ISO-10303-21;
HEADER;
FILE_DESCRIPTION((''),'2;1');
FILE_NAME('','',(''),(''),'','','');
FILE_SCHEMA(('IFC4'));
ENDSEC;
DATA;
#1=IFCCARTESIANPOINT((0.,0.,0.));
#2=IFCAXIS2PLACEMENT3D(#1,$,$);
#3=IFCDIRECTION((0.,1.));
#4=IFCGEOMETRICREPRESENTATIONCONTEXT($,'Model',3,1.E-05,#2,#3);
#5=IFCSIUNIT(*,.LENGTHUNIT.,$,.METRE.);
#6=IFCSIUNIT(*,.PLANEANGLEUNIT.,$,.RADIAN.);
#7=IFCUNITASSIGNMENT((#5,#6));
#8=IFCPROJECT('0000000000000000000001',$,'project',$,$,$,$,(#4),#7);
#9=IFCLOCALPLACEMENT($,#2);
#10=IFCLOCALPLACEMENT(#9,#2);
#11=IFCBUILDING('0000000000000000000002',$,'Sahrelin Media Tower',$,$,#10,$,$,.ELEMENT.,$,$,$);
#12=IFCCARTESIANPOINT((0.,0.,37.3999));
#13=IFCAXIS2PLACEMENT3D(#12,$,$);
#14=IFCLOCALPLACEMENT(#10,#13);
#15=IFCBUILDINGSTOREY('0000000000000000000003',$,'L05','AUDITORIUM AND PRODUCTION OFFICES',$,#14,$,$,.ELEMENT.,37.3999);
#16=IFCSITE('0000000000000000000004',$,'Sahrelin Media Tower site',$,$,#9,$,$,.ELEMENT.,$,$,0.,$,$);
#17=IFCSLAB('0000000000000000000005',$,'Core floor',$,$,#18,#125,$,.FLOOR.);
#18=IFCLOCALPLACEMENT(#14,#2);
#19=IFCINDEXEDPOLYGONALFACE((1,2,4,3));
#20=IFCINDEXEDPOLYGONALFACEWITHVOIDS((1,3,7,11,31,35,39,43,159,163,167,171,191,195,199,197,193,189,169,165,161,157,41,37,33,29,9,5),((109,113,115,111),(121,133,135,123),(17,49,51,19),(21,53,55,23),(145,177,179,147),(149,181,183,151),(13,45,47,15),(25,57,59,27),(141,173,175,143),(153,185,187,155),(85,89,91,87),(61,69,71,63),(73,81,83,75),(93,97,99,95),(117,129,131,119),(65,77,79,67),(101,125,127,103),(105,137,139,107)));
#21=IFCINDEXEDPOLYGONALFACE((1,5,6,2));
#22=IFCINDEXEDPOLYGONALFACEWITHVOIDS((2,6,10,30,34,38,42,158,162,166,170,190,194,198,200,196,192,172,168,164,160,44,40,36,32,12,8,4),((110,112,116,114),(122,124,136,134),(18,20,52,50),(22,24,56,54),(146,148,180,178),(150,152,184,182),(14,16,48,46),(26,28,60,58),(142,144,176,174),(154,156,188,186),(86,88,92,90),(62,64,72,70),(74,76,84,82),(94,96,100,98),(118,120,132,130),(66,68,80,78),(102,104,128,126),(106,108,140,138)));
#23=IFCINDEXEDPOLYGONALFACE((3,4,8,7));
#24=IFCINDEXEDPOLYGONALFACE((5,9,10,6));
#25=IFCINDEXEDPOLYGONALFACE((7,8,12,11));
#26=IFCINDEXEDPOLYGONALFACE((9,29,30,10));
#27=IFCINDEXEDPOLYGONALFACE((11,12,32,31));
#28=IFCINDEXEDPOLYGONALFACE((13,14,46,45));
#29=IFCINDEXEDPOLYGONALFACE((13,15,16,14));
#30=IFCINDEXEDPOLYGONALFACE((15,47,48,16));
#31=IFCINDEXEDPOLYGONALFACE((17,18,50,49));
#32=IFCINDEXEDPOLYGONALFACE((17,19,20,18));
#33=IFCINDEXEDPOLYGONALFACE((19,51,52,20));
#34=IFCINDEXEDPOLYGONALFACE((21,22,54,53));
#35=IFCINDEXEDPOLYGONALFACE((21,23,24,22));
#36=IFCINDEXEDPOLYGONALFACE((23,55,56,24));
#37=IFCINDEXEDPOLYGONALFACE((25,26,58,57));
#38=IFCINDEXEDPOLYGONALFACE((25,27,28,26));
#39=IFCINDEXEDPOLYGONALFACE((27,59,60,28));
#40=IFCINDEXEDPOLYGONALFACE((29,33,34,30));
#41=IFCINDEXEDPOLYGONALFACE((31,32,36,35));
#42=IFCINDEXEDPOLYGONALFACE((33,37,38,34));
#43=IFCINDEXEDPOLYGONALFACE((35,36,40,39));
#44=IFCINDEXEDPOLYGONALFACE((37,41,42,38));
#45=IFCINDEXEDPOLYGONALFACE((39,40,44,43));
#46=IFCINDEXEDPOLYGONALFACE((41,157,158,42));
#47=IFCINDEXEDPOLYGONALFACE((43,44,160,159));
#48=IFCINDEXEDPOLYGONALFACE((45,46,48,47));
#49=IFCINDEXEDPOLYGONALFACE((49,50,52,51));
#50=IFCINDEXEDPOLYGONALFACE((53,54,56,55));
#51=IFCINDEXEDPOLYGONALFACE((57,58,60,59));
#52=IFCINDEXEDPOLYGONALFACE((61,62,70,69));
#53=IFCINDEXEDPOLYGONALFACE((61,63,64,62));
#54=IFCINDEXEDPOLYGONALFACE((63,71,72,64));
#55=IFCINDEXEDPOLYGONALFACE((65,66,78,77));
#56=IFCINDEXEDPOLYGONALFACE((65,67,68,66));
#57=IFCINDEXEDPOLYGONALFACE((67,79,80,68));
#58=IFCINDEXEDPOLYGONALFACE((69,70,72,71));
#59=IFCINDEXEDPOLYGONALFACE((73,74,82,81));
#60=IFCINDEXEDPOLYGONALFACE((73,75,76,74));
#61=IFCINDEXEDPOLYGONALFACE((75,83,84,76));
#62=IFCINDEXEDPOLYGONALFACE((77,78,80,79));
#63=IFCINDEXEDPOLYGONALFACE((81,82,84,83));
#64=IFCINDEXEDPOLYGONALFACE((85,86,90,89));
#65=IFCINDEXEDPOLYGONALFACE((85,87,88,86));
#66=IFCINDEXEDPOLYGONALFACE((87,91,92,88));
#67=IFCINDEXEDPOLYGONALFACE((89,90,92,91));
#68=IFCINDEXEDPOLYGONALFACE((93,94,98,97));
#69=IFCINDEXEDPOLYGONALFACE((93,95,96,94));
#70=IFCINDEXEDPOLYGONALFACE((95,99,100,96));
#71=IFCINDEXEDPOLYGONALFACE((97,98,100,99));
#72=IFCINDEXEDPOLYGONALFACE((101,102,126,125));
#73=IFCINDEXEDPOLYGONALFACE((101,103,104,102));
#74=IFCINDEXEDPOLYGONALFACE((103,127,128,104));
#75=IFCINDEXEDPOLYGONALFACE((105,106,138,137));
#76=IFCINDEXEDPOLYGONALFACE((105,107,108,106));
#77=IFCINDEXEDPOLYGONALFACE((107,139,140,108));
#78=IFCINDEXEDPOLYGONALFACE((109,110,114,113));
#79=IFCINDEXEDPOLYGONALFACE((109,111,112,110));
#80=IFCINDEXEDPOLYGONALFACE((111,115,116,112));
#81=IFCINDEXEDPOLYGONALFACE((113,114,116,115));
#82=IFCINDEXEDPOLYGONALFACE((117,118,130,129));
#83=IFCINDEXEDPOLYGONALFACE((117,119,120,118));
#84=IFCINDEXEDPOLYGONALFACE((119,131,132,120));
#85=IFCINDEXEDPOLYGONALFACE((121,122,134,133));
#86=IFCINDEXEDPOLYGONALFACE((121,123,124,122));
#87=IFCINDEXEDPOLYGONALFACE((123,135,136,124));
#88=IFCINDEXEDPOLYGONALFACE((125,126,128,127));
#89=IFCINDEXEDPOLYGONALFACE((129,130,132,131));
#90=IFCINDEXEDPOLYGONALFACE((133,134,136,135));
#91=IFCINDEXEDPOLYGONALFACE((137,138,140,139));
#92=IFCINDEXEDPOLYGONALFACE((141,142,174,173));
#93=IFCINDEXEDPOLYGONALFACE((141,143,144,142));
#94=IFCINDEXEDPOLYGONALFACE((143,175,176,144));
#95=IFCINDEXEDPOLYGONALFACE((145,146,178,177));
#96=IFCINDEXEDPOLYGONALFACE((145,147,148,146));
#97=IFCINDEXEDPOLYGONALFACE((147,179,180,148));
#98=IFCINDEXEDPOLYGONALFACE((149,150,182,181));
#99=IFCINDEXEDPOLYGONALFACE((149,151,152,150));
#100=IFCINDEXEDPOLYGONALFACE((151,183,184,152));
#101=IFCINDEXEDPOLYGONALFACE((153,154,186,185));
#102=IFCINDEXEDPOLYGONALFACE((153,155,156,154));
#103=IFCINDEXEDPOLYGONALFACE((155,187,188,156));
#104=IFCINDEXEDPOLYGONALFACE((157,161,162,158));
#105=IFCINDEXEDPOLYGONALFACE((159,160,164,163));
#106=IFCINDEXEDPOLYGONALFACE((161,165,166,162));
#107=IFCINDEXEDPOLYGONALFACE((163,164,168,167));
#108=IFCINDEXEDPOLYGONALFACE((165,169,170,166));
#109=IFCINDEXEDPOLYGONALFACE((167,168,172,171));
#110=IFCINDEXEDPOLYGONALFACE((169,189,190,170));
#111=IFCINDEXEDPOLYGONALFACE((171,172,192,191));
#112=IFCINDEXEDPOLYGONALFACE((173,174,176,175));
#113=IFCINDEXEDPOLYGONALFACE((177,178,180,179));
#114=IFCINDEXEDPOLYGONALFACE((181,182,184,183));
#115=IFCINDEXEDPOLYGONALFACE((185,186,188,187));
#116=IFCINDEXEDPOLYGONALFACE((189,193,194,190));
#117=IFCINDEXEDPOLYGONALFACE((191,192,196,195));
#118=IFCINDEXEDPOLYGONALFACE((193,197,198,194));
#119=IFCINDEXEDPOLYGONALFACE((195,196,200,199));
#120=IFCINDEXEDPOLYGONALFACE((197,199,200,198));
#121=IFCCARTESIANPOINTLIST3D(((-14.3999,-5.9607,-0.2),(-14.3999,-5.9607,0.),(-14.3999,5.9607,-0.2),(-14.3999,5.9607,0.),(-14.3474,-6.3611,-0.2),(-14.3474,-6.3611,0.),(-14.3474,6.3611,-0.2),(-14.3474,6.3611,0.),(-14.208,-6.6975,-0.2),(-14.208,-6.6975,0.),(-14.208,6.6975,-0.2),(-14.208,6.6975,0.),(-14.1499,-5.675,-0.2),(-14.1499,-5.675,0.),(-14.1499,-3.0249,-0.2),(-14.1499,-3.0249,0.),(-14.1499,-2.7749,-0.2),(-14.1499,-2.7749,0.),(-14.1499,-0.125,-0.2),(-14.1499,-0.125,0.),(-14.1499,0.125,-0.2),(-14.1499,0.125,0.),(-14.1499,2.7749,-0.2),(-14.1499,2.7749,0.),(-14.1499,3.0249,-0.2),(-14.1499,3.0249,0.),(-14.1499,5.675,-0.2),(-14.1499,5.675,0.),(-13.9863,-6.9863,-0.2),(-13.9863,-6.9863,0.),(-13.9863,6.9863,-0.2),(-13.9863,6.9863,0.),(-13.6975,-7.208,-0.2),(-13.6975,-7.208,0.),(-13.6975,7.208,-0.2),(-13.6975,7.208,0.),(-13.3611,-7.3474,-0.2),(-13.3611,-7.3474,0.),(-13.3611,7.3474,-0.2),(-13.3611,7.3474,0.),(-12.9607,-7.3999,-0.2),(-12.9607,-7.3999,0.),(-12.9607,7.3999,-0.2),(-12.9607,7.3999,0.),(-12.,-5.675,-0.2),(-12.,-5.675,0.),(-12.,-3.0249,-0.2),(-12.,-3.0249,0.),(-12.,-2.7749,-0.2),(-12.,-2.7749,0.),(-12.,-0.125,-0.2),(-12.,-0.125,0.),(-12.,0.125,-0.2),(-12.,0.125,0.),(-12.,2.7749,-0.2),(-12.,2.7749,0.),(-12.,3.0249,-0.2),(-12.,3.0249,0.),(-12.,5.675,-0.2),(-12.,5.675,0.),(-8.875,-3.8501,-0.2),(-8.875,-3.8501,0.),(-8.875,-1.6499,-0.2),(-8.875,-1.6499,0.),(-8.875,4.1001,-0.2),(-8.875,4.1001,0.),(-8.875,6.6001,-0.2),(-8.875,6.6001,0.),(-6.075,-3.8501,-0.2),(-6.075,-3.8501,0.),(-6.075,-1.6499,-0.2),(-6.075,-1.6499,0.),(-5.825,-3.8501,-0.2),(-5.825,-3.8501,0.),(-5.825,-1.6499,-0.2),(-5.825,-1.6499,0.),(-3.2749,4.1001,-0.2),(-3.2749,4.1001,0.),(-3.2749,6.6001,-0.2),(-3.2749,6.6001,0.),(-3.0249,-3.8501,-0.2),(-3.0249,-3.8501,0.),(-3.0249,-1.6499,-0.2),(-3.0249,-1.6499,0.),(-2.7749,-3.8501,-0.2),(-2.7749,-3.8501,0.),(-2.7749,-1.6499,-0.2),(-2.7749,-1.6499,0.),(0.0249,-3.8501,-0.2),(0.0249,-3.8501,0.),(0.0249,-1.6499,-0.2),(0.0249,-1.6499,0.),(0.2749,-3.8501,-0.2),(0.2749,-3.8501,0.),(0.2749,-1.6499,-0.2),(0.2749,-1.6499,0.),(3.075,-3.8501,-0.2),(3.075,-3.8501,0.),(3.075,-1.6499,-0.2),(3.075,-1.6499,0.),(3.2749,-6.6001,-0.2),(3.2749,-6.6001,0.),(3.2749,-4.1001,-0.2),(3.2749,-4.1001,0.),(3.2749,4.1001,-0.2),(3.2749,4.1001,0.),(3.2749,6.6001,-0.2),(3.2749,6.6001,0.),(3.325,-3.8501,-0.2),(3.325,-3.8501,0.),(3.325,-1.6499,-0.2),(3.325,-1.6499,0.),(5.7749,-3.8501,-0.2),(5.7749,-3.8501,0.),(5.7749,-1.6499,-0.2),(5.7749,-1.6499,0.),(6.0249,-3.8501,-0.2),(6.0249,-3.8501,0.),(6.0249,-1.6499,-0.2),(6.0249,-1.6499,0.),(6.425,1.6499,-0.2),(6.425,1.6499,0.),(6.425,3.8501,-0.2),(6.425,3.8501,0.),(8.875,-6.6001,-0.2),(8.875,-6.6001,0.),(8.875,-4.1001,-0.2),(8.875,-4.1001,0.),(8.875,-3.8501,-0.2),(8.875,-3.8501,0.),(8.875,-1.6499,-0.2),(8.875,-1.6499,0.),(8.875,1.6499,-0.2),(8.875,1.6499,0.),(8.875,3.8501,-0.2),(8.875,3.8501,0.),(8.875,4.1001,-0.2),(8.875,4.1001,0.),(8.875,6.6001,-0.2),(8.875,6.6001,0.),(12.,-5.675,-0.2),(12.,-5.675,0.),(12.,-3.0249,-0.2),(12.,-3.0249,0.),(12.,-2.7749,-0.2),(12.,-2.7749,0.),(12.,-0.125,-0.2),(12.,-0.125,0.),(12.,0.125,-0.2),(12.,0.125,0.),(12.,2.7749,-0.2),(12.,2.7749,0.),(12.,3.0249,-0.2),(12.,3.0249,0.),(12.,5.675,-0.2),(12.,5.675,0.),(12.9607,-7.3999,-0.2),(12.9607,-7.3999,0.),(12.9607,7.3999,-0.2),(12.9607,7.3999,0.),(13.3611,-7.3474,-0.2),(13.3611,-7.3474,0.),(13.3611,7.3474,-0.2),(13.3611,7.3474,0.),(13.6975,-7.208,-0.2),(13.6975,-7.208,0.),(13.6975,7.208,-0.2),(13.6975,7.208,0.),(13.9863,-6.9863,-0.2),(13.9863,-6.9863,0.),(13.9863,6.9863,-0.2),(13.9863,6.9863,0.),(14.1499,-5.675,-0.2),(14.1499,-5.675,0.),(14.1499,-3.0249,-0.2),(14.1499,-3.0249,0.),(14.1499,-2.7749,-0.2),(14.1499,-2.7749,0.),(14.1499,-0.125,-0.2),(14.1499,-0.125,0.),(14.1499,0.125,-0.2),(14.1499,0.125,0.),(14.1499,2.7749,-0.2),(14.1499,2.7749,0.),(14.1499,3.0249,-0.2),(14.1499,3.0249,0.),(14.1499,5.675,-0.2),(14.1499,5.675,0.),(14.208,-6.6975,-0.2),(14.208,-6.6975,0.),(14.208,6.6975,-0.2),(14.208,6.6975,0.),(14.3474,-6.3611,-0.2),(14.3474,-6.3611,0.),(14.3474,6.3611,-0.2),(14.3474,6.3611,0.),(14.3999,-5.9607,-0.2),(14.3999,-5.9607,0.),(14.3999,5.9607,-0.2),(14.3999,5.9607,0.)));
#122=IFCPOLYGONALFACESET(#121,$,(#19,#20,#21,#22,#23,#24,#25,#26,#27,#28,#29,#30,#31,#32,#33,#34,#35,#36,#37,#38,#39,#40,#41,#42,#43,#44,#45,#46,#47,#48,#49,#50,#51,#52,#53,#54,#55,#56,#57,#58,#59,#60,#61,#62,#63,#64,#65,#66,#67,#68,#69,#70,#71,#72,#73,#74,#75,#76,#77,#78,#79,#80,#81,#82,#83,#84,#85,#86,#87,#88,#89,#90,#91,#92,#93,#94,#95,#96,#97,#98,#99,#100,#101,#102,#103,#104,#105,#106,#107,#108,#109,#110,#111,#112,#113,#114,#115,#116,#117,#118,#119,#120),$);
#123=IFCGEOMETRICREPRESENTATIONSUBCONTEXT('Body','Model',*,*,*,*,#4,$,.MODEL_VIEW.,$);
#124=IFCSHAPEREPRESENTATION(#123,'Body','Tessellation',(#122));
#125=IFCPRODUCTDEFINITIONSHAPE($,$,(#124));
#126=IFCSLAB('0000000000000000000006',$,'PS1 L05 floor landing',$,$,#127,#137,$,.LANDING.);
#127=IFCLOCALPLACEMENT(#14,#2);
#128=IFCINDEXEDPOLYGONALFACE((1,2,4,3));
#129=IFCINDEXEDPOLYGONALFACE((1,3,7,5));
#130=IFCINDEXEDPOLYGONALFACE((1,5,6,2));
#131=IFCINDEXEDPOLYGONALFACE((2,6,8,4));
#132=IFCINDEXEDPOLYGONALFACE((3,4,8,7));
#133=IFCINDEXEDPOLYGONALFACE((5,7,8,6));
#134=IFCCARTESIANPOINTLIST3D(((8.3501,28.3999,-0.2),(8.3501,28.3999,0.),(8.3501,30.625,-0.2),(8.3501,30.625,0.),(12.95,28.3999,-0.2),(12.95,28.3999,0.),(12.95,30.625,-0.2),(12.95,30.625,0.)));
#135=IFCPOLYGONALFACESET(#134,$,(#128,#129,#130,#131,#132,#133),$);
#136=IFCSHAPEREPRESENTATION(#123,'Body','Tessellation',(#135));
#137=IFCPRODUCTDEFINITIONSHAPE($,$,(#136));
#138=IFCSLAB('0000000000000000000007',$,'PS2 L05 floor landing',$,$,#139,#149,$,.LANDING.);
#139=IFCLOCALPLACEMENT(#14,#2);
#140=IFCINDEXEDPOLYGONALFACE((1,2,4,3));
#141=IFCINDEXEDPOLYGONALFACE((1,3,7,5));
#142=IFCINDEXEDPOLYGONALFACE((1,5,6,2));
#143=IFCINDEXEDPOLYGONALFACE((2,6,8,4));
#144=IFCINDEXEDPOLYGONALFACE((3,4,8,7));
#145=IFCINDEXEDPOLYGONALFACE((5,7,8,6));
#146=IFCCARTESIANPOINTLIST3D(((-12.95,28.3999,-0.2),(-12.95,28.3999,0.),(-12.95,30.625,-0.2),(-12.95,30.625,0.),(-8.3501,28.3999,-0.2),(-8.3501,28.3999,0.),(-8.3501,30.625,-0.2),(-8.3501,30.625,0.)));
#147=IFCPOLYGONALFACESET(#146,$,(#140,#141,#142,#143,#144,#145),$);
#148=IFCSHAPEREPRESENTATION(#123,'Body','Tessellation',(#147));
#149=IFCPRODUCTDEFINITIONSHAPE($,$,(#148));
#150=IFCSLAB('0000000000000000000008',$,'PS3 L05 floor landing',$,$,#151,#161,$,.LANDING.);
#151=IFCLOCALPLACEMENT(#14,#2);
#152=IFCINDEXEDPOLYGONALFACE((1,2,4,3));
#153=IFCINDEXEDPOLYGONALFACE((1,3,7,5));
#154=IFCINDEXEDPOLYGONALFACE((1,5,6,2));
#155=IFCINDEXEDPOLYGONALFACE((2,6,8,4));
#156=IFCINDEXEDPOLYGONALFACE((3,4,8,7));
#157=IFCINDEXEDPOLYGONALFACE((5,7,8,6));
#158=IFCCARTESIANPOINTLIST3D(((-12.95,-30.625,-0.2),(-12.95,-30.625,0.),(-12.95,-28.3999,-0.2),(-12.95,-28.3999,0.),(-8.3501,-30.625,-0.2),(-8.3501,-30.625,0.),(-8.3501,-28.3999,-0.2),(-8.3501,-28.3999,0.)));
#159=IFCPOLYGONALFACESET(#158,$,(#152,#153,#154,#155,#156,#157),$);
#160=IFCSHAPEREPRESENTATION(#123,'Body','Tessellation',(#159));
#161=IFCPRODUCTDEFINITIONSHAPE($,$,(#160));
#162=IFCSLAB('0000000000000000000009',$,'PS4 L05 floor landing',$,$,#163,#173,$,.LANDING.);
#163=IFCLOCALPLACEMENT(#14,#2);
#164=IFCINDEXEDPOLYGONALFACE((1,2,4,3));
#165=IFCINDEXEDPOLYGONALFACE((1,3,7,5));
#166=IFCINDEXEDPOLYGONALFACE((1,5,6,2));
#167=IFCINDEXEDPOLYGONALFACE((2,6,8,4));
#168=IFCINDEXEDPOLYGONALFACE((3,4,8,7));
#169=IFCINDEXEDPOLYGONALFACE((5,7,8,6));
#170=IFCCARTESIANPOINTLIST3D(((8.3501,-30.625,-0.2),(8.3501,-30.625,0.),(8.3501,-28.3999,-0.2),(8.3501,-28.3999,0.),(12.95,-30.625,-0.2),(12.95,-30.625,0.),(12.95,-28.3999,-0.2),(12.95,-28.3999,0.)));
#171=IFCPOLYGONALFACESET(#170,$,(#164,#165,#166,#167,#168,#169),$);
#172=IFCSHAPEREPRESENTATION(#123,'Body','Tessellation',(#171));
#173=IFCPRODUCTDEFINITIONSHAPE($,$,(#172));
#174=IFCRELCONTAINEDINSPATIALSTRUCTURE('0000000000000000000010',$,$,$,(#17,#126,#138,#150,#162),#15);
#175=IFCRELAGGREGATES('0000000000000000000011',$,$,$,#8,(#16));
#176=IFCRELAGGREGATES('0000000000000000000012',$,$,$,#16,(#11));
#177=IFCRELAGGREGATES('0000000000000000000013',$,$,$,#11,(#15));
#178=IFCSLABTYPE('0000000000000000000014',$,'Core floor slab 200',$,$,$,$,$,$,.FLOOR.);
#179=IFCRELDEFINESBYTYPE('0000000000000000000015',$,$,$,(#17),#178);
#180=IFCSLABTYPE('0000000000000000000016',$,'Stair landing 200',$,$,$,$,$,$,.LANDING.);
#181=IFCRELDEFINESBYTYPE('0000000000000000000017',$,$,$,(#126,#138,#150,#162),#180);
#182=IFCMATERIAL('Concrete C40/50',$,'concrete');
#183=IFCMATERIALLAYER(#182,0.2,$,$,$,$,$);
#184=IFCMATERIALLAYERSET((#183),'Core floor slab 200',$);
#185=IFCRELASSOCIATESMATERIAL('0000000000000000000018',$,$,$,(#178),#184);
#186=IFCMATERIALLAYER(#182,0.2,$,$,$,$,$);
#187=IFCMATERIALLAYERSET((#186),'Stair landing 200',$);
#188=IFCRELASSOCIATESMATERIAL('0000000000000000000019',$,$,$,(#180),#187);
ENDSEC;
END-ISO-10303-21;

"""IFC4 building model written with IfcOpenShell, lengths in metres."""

from ifc_helpers import new_model, si_unit, direction, frame, origin, place, context, subcontext, project, spatial, polyline, outline, extrude, material, layer, layer_set, type_object, element, save


model = new_model("IFC4")

# Units and contexts
model_context = context("Model", 3, precision=1e-05, world=origin(), true_north=direction((0.0, 1.0)))
body_context = subcontext(model_context, "Body", "Model", "MODEL_VIEW")
ifc_project = project(units=[si_unit("LENGTHUNIT", "METRE"), si_unit("PLANEANGLEUNIT", "RADIAN")], contexts=[model_context])

# Site, building, storey
site_placement = place(None, origin())
site = spatial("IfcSite", under=ifc_project, at=site_placement, Name="Sahrelin Media Tower site", CompositionType="ELEMENT", RefElevation=0.0)
building_placement = place(site_placement, origin())
building = spatial("IfcBuilding", under=site, at=building_placement, Name="Sahrelin Media Tower", CompositionType="ELEMENT")
storey_placement = place(building_placement, frame((0.0, 0.0, 37.3999)))
storey = spatial("IfcBuildingStorey", under=building, at=storey_placement, Name="L05", Description="AUDITORIUM AND PRODUCTION OFFICES", CompositionType="ELEMENT", Elevation=37.3999)

# Slabs
ifc_material_1 = material(Name="Concrete C40/50", Category="concrete")
ifc_layer_1 = layer(ifc_material_1, 0.2)
ifc_layer_set_1 = layer_set([ifc_layer_1], Name="Core floor slab 200")
slab_type_1 = type_object("IfcSlabType", Name="Core floor slab 200", PredefinedType="FLOOR", material=ifc_layer_set_1)
placement_1 = place(storey_placement, frame((0.0, 0.0, -0.2)))
element("IfcSlab", 1, at=placement_1, inside=storey, type_object=slab_type_1, Name="Core floor", PredefinedType="FLOOR", context=body_context, shape_type="SweptSolid", body=[
    extrude(outline(polyline([(-13.9863, 6.9863), (-14.208, 6.6975), (-14.3474, 6.3611), (-14.3999, 5.9607), (-14.3999, -5.9607), (-14.3474, -6.3611), (-14.208, -6.6975), (-13.9863, -6.9863), (-13.6975, -7.208), (-13.3611, -7.3474), (-12.9607, -7.3999), (12.9607, -7.3999), (13.3611, -7.3474), (13.6975, -7.208), (13.9863, -6.9863), (14.208, -6.6975), (14.3474, -6.3611), (14.3999, -5.9607), (14.3999, 5.9607), (14.3474, 6.3611), (14.208, 6.6975), (13.9863, 6.9863), (13.6975, 7.208), (13.3611, 7.3474), (12.9607, 7.3999), (-12.9607, 7.3999), (-13.3611, 7.3474), (-13.6975, 7.208), (-13.9863, 6.9863)]), holes=[polyline([(-14.1499, 5.675), (-14.1499, 3.0249), (-12.0, 3.0249), (-12.0, 5.675), (-14.1499, 5.675)]), polyline([(-12.0, 2.7749), (-14.1499, 2.7749), (-14.1499, 0.125), (-12.0, 0.125), (-12.0, 2.7749)]), polyline([(-12.0, -2.7749), (-12.0, -0.125), (-14.1499, -0.125), (-14.1499, -2.7749), (-12.0, -2.7749)]), polyline([(-14.1499, -5.675), (-12.0, -5.675), (-12.0, -3.0249), (-14.1499, -3.0249), (-14.1499, -5.675)]), polyline([(12.0, 5.675), (12.0, 3.0249), (14.1499, 3.0249), (14.1499, 5.675), (12.0, 5.675)]), polyline([(14.1499, 2.7749), (12.0, 2.7749), (12.0, 0.125), (14.1499, 0.125), (14.1499, 2.7749)]), polyline([(14.1499, -2.7749), (14.1499, -0.125), (12.0, -0.125), (12.0, -2.7749), (14.1499, -2.7749)]), polyline([(12.0, -5.675), (14.1499, -5.675), (14.1499, -3.0249), (12.0, -3.0249), (12.0, -5.675)]), polyline([(6.425, 3.8501), (6.425, 1.6499), (8.875, 1.6499), (8.875, 3.8501), (6.425, 3.8501)]), polyline([(-6.075, -1.6499), (-8.875, -1.6499), (-8.875, -3.8501), (-6.075, -3.8501), (-6.075, -1.6499)]), polyline([(-3.0249, -3.8501), (-3.0249, -1.6499), (-5.825, -1.6499), (-5.825, -3.8501), (-3.0249, -3.8501)]), polyline([(-2.7749, -3.8501), (0.0249, -3.8501), (0.0249, -1.6499), (-2.7749, -1.6499), (-2.7749, -3.8501)]), polyline([(0.2749, -1.6499), (0.2749, -3.8501), (3.075, -3.8501), (3.075, -1.6499), (0.2749, -1.6499)]), polyline([(5.7749, -1.6499), (3.325, -1.6499), (3.325, -3.8501), (5.7749, -3.8501), (5.7749, -1.6499)]), polyline([(8.875, -3.8501), (8.875, -1.6499), (6.0249, -1.6499), (6.0249, -3.8501), (8.875, -3.8501)]), polyline([(-8.875, 6.6001), (-8.875, 4.1001), (-3.2749, 4.1001), (-3.2749, 6.6001), (-8.875, 6.6001)]), polyline([(3.2749, 4.1001), (8.875, 4.1001), (8.875, 6.6001), (3.2749, 6.6001), (3.2749, 4.1001)]), polyline([(3.2749, -4.1001), (3.2749, -6.6001), (8.875, -6.6001), (8.875, -4.1001), (3.2749, -4.1001)])]), origin(), (0.0, 0.0, 1.0), 0.2),
])
ifc_layer_2 = layer(ifc_material_1, 0.2)
ifc_layer_set_2 = layer_set([ifc_layer_2], Name="Stair landing 200")
slab_type_2 = type_object("IfcSlabType", Name="Stair landing 200", PredefinedType="LANDING", material=ifc_layer_set_2)
element("IfcSlab", 2, at=placement_1, inside=storey, type_object=slab_type_2, Name="PS1 L05 floor landing", PredefinedType="LANDING", context=body_context, shape_type="SweptSolid", body=[
    extrude(outline(polyline([(12.95, 28.3999), (12.95, 30.625), (8.3501, 30.625), (8.3501, 28.3999), (12.95, 28.3999)])), origin(), (0.0, 0.0, 1.0), 0.2),
])
element("IfcSlab", 3, at=placement_1, inside=storey, type_object=slab_type_2, Name="PS2 L05 floor landing", PredefinedType="LANDING", context=body_context, shape_type="SweptSolid", body=[
    extrude(outline(polyline([(-8.3501, 28.3999), (-8.3501, 30.625), (-12.95, 30.625), (-12.95, 28.3999), (-8.3501, 28.3999)])), origin(), (0.0, 0.0, 1.0), 0.2),
])
element("IfcSlab", 4, at=placement_1, inside=storey, type_object=slab_type_2, Name="PS3 L05 floor landing", PredefinedType="LANDING", context=body_context, shape_type="SweptSolid", body=[
    extrude(outline(polyline([(-12.95, -28.3999), (-12.95, -30.625), (-8.3501, -30.625), (-8.3501, -28.3999), (-12.95, -28.3999)])), origin(), (0.0, 0.0, 1.0), 0.2),
])
element("IfcSlab", 5, at=placement_1, inside=storey, type_object=slab_type_2, Name="PS4 L05 floor landing", PredefinedType="LANDING", context=body_context, shape_type="SweptSolid", body=[
    extrude(outline(polyline([(8.3501, -28.3999), (8.3501, -30.625), (12.95, -30.625), (12.95, -28.3999), (8.3501, -28.3999)])), origin(), (0.0, 0.0, 1.0), 0.2),
])

save(model, "model.ifc")
